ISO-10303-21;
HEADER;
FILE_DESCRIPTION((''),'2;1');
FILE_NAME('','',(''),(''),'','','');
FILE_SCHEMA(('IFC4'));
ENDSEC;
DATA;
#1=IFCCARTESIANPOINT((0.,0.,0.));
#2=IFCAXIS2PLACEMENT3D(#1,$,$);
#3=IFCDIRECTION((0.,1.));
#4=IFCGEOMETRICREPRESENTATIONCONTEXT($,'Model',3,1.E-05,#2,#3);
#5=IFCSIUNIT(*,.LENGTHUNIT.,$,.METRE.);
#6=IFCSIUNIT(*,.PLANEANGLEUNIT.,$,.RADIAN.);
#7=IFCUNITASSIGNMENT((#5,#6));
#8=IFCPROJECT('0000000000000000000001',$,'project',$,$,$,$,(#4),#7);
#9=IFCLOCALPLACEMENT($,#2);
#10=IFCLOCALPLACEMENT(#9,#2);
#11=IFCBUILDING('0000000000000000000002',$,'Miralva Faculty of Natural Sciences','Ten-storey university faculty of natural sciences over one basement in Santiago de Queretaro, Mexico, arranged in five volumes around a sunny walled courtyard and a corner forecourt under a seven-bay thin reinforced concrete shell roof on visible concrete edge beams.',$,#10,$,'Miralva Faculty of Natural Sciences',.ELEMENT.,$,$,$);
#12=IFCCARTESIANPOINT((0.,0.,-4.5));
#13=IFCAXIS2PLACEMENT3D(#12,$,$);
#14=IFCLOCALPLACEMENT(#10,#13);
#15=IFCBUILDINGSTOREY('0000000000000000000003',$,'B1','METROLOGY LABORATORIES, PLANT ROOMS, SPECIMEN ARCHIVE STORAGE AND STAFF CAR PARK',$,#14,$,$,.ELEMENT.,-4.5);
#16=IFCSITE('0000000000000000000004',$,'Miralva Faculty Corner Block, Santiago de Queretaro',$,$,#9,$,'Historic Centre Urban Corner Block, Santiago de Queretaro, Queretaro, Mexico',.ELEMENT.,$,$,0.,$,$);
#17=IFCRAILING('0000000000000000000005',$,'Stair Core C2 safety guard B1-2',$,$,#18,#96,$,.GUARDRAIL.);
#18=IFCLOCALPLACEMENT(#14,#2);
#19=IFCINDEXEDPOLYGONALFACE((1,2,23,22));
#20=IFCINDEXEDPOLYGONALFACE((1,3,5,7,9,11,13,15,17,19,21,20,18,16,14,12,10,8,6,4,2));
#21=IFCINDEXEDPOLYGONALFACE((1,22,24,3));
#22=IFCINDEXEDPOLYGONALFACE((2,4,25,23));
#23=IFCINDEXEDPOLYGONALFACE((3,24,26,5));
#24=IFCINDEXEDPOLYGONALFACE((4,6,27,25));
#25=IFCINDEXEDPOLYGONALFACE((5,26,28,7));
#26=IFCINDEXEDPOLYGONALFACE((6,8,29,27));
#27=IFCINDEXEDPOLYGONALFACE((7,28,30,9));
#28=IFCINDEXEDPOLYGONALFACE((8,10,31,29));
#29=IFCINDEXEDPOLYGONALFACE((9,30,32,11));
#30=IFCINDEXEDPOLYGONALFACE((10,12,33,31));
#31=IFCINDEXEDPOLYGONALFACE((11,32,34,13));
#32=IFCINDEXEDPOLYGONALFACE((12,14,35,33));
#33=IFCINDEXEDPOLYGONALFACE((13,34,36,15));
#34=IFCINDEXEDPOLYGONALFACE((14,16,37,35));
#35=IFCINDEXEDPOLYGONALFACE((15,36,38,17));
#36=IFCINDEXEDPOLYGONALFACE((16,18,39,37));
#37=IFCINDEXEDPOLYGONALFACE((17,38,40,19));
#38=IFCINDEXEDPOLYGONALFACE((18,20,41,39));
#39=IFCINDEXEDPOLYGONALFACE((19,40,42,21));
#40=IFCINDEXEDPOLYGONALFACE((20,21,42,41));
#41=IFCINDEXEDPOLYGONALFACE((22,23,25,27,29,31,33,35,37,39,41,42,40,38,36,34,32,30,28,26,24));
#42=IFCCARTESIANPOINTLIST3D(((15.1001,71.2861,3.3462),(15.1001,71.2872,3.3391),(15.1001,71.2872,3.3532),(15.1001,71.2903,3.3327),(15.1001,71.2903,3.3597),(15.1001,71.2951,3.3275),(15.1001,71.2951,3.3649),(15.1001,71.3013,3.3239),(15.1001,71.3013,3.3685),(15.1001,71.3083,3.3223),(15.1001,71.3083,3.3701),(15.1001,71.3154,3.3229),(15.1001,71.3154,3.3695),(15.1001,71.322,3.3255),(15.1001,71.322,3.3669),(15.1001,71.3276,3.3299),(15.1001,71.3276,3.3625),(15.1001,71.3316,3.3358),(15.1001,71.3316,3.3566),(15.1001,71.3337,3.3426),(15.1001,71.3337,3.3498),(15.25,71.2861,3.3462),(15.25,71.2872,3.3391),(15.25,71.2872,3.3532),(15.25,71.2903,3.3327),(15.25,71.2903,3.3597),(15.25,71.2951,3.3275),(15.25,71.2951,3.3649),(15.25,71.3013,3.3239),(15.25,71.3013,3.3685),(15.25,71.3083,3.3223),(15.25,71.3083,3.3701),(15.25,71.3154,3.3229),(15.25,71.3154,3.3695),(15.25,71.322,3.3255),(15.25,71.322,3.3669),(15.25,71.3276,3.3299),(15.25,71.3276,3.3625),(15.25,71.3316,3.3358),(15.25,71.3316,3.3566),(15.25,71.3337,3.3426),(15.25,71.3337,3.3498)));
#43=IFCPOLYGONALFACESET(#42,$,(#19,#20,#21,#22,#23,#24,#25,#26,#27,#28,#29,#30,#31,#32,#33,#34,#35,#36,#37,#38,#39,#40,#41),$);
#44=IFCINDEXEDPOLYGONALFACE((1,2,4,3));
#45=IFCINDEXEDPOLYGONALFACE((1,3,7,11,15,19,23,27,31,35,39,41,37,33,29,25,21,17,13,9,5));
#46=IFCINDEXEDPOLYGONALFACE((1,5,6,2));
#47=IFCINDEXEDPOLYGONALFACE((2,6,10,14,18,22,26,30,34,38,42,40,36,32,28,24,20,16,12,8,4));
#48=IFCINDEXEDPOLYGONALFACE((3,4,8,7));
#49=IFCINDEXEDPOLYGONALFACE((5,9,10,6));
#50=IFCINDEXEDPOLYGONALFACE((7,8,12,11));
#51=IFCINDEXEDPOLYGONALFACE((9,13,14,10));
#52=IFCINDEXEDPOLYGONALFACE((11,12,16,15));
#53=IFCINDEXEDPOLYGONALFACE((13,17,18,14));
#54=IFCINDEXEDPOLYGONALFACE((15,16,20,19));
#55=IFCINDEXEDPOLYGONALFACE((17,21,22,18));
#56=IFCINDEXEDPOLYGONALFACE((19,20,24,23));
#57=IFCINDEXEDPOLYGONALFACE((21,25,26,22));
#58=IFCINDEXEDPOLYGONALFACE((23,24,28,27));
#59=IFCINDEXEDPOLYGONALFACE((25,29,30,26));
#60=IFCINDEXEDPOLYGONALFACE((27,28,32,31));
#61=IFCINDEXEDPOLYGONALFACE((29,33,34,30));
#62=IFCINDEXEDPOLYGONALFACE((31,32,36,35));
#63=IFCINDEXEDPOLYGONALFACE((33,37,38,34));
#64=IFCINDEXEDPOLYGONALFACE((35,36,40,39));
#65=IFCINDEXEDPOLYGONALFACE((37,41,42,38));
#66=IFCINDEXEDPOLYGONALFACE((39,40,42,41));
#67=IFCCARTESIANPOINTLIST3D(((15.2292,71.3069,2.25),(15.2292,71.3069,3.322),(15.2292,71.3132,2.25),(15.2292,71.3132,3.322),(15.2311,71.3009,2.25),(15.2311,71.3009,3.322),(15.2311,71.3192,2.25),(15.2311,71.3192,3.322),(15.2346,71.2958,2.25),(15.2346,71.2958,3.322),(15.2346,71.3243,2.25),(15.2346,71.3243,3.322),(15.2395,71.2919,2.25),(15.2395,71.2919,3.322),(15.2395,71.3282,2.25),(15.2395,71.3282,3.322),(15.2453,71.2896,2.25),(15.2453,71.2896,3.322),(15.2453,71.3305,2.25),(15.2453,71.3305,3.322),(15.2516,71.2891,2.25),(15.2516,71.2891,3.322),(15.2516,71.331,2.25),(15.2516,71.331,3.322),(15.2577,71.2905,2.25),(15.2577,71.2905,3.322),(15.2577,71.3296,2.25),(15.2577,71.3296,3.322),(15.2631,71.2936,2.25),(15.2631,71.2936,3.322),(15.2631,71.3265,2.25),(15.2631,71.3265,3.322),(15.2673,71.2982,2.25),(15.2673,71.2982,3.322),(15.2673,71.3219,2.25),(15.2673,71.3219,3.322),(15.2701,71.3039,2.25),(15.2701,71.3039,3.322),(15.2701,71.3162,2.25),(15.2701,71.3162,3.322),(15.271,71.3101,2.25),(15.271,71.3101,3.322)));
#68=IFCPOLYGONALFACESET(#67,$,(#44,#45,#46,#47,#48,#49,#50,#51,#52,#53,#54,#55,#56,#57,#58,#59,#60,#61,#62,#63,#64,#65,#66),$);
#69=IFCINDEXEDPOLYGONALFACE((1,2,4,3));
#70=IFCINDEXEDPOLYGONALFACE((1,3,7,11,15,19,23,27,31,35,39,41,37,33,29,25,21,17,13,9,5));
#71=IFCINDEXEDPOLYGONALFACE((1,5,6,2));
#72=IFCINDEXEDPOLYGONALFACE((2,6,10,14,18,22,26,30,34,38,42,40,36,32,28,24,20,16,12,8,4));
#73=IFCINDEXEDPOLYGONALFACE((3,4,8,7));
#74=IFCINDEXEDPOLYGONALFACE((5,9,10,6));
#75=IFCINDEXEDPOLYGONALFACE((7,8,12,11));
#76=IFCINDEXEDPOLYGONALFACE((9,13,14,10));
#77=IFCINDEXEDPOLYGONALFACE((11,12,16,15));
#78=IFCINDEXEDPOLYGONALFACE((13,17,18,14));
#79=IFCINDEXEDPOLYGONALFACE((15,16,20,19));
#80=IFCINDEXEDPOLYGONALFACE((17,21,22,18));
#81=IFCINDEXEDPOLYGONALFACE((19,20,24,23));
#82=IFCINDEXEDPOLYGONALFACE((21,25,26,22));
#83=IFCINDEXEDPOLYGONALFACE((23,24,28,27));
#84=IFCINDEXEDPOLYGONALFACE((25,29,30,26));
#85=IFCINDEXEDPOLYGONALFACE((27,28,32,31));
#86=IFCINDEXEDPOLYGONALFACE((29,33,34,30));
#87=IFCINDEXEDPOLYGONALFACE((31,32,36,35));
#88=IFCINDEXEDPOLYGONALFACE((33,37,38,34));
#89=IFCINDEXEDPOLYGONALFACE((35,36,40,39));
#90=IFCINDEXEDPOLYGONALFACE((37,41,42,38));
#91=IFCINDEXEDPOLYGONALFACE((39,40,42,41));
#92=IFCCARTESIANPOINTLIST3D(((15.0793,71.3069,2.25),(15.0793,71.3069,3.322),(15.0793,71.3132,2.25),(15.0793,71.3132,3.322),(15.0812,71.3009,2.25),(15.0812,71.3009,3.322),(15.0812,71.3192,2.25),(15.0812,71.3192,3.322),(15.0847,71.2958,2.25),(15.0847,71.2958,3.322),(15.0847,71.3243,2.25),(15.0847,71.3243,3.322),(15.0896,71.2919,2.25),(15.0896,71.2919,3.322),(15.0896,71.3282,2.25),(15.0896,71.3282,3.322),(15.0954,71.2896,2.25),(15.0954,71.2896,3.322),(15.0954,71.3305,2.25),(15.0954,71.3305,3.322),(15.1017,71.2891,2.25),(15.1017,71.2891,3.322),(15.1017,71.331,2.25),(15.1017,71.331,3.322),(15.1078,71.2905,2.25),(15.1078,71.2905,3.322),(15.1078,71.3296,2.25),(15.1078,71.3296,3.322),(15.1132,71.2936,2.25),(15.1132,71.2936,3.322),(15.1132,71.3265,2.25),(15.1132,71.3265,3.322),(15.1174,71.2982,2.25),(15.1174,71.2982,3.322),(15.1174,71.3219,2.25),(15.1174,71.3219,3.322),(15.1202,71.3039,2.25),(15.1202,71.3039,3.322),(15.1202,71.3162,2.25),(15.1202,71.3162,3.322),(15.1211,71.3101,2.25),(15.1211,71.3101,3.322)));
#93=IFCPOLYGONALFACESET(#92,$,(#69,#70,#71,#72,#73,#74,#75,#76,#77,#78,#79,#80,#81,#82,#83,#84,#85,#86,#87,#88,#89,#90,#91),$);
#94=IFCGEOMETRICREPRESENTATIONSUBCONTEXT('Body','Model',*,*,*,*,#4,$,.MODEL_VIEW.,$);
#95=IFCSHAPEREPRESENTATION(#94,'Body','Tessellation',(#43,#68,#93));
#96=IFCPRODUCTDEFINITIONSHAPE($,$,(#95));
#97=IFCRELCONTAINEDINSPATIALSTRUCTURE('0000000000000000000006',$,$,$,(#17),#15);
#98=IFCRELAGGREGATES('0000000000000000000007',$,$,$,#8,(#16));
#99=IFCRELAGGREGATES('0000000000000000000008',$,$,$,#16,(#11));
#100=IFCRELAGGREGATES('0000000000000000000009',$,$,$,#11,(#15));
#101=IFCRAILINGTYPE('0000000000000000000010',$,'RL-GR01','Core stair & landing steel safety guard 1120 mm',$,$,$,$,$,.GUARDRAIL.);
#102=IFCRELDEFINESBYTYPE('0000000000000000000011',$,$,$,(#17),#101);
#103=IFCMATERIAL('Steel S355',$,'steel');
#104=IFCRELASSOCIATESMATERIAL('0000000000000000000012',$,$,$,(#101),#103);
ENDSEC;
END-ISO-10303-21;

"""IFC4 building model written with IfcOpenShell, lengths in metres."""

from ifc_helpers import new_model, si_unit, direction, frame, origin, origin_2d, place, context, subcontext, project, spatial, circle, extrude, material, type_object, element, save


model = new_model("IFC4")

# Units and contexts
model_context = context("Model", 3, precision=1e-05, world=origin(), true_north=direction((0.0, 1.0)))
body_context = subcontext(model_context, "Body", "Model", "MODEL_VIEW")
ifc_project = project(units=[si_unit("LENGTHUNIT", "METRE"), si_unit("PLANEANGLEUNIT", "RADIAN")], contexts=[model_context])

# Site, building, storey
site_placement = place(None, origin())
site = spatial("IfcSite", under=ifc_project, at=site_placement, Name="Miralva Faculty Corner Block, Santiago de Queretaro", LongName="Historic Centre Urban Corner Block, Santiago de Queretaro, Queretaro, Mexico", CompositionType="ELEMENT", RefElevation=0.0)
building_placement = place(site_placement, origin())
building = spatial("IfcBuilding", under=site, at=building_placement, Name="Miralva Faculty of Natural Sciences", Description="Ten-storey university faculty of natural sciences over one basement in Santiago de Queretaro, Mexico, arranged in five volumes around a sunny walled courtyard and a corner forecourt under a seven-bay thin reinforced concrete shell roof on visible concrete edge beams.", LongName="Miralva Faculty of Natural Sciences", CompositionType="ELEMENT")
storey_placement = place(building_placement, frame((0.0, 0.0, -4.5)))
storey = spatial("IfcBuildingStorey", under=building, at=storey_placement, Name="B1", Description="METROLOGY LABORATORIES, PLANT ROOMS, SPECIMEN ARCHIVE STORAGE AND STAFF CAR PARK", CompositionType="ELEMENT", Elevation=-4.5)

# Railing
ifc_material_1 = material(Name="Steel S355", Category="steel")
railing_type_1 = type_object("IfcRailingType", Name="RL-GR01", Description="Core stair & landing steel safety guard 1120 mm", PredefinedType="GUARDRAIL", material=ifc_material_1)
railing_1_placement = place(storey_placement, frame((15.25, 71.3101, 2.25)))
element("IfcRailing", 1, at=railing_1_placement, inside=storey, type_object=railing_type_1, Name="Stair Core C2 safety guard B1-2", PredefinedType="GUARDRAIL", context=body_context, shape_type="SweptSolid", body=[
    extrude(circle(Radius=0.0239, at=origin_2d()), frame((0.0, 0.0, 1.0962), z_axis=(-1.0, 0.0, 0.0), x_axis=(0.0, -1.0, 0.0)), (0.0, 0.0, 1.0), 0.1499),
    extrude(circle(Radius=0.021, at=origin_2d()), origin(), (0.0, 0.0, 1.0), 1.072),
    extrude(circle(Radius=0.021, at=origin_2d()), frame((-0.1499, 0.0, 0.0)), (0.0, 0.0, 1.0), 1.072),
])

save(model, "model.ifc")
